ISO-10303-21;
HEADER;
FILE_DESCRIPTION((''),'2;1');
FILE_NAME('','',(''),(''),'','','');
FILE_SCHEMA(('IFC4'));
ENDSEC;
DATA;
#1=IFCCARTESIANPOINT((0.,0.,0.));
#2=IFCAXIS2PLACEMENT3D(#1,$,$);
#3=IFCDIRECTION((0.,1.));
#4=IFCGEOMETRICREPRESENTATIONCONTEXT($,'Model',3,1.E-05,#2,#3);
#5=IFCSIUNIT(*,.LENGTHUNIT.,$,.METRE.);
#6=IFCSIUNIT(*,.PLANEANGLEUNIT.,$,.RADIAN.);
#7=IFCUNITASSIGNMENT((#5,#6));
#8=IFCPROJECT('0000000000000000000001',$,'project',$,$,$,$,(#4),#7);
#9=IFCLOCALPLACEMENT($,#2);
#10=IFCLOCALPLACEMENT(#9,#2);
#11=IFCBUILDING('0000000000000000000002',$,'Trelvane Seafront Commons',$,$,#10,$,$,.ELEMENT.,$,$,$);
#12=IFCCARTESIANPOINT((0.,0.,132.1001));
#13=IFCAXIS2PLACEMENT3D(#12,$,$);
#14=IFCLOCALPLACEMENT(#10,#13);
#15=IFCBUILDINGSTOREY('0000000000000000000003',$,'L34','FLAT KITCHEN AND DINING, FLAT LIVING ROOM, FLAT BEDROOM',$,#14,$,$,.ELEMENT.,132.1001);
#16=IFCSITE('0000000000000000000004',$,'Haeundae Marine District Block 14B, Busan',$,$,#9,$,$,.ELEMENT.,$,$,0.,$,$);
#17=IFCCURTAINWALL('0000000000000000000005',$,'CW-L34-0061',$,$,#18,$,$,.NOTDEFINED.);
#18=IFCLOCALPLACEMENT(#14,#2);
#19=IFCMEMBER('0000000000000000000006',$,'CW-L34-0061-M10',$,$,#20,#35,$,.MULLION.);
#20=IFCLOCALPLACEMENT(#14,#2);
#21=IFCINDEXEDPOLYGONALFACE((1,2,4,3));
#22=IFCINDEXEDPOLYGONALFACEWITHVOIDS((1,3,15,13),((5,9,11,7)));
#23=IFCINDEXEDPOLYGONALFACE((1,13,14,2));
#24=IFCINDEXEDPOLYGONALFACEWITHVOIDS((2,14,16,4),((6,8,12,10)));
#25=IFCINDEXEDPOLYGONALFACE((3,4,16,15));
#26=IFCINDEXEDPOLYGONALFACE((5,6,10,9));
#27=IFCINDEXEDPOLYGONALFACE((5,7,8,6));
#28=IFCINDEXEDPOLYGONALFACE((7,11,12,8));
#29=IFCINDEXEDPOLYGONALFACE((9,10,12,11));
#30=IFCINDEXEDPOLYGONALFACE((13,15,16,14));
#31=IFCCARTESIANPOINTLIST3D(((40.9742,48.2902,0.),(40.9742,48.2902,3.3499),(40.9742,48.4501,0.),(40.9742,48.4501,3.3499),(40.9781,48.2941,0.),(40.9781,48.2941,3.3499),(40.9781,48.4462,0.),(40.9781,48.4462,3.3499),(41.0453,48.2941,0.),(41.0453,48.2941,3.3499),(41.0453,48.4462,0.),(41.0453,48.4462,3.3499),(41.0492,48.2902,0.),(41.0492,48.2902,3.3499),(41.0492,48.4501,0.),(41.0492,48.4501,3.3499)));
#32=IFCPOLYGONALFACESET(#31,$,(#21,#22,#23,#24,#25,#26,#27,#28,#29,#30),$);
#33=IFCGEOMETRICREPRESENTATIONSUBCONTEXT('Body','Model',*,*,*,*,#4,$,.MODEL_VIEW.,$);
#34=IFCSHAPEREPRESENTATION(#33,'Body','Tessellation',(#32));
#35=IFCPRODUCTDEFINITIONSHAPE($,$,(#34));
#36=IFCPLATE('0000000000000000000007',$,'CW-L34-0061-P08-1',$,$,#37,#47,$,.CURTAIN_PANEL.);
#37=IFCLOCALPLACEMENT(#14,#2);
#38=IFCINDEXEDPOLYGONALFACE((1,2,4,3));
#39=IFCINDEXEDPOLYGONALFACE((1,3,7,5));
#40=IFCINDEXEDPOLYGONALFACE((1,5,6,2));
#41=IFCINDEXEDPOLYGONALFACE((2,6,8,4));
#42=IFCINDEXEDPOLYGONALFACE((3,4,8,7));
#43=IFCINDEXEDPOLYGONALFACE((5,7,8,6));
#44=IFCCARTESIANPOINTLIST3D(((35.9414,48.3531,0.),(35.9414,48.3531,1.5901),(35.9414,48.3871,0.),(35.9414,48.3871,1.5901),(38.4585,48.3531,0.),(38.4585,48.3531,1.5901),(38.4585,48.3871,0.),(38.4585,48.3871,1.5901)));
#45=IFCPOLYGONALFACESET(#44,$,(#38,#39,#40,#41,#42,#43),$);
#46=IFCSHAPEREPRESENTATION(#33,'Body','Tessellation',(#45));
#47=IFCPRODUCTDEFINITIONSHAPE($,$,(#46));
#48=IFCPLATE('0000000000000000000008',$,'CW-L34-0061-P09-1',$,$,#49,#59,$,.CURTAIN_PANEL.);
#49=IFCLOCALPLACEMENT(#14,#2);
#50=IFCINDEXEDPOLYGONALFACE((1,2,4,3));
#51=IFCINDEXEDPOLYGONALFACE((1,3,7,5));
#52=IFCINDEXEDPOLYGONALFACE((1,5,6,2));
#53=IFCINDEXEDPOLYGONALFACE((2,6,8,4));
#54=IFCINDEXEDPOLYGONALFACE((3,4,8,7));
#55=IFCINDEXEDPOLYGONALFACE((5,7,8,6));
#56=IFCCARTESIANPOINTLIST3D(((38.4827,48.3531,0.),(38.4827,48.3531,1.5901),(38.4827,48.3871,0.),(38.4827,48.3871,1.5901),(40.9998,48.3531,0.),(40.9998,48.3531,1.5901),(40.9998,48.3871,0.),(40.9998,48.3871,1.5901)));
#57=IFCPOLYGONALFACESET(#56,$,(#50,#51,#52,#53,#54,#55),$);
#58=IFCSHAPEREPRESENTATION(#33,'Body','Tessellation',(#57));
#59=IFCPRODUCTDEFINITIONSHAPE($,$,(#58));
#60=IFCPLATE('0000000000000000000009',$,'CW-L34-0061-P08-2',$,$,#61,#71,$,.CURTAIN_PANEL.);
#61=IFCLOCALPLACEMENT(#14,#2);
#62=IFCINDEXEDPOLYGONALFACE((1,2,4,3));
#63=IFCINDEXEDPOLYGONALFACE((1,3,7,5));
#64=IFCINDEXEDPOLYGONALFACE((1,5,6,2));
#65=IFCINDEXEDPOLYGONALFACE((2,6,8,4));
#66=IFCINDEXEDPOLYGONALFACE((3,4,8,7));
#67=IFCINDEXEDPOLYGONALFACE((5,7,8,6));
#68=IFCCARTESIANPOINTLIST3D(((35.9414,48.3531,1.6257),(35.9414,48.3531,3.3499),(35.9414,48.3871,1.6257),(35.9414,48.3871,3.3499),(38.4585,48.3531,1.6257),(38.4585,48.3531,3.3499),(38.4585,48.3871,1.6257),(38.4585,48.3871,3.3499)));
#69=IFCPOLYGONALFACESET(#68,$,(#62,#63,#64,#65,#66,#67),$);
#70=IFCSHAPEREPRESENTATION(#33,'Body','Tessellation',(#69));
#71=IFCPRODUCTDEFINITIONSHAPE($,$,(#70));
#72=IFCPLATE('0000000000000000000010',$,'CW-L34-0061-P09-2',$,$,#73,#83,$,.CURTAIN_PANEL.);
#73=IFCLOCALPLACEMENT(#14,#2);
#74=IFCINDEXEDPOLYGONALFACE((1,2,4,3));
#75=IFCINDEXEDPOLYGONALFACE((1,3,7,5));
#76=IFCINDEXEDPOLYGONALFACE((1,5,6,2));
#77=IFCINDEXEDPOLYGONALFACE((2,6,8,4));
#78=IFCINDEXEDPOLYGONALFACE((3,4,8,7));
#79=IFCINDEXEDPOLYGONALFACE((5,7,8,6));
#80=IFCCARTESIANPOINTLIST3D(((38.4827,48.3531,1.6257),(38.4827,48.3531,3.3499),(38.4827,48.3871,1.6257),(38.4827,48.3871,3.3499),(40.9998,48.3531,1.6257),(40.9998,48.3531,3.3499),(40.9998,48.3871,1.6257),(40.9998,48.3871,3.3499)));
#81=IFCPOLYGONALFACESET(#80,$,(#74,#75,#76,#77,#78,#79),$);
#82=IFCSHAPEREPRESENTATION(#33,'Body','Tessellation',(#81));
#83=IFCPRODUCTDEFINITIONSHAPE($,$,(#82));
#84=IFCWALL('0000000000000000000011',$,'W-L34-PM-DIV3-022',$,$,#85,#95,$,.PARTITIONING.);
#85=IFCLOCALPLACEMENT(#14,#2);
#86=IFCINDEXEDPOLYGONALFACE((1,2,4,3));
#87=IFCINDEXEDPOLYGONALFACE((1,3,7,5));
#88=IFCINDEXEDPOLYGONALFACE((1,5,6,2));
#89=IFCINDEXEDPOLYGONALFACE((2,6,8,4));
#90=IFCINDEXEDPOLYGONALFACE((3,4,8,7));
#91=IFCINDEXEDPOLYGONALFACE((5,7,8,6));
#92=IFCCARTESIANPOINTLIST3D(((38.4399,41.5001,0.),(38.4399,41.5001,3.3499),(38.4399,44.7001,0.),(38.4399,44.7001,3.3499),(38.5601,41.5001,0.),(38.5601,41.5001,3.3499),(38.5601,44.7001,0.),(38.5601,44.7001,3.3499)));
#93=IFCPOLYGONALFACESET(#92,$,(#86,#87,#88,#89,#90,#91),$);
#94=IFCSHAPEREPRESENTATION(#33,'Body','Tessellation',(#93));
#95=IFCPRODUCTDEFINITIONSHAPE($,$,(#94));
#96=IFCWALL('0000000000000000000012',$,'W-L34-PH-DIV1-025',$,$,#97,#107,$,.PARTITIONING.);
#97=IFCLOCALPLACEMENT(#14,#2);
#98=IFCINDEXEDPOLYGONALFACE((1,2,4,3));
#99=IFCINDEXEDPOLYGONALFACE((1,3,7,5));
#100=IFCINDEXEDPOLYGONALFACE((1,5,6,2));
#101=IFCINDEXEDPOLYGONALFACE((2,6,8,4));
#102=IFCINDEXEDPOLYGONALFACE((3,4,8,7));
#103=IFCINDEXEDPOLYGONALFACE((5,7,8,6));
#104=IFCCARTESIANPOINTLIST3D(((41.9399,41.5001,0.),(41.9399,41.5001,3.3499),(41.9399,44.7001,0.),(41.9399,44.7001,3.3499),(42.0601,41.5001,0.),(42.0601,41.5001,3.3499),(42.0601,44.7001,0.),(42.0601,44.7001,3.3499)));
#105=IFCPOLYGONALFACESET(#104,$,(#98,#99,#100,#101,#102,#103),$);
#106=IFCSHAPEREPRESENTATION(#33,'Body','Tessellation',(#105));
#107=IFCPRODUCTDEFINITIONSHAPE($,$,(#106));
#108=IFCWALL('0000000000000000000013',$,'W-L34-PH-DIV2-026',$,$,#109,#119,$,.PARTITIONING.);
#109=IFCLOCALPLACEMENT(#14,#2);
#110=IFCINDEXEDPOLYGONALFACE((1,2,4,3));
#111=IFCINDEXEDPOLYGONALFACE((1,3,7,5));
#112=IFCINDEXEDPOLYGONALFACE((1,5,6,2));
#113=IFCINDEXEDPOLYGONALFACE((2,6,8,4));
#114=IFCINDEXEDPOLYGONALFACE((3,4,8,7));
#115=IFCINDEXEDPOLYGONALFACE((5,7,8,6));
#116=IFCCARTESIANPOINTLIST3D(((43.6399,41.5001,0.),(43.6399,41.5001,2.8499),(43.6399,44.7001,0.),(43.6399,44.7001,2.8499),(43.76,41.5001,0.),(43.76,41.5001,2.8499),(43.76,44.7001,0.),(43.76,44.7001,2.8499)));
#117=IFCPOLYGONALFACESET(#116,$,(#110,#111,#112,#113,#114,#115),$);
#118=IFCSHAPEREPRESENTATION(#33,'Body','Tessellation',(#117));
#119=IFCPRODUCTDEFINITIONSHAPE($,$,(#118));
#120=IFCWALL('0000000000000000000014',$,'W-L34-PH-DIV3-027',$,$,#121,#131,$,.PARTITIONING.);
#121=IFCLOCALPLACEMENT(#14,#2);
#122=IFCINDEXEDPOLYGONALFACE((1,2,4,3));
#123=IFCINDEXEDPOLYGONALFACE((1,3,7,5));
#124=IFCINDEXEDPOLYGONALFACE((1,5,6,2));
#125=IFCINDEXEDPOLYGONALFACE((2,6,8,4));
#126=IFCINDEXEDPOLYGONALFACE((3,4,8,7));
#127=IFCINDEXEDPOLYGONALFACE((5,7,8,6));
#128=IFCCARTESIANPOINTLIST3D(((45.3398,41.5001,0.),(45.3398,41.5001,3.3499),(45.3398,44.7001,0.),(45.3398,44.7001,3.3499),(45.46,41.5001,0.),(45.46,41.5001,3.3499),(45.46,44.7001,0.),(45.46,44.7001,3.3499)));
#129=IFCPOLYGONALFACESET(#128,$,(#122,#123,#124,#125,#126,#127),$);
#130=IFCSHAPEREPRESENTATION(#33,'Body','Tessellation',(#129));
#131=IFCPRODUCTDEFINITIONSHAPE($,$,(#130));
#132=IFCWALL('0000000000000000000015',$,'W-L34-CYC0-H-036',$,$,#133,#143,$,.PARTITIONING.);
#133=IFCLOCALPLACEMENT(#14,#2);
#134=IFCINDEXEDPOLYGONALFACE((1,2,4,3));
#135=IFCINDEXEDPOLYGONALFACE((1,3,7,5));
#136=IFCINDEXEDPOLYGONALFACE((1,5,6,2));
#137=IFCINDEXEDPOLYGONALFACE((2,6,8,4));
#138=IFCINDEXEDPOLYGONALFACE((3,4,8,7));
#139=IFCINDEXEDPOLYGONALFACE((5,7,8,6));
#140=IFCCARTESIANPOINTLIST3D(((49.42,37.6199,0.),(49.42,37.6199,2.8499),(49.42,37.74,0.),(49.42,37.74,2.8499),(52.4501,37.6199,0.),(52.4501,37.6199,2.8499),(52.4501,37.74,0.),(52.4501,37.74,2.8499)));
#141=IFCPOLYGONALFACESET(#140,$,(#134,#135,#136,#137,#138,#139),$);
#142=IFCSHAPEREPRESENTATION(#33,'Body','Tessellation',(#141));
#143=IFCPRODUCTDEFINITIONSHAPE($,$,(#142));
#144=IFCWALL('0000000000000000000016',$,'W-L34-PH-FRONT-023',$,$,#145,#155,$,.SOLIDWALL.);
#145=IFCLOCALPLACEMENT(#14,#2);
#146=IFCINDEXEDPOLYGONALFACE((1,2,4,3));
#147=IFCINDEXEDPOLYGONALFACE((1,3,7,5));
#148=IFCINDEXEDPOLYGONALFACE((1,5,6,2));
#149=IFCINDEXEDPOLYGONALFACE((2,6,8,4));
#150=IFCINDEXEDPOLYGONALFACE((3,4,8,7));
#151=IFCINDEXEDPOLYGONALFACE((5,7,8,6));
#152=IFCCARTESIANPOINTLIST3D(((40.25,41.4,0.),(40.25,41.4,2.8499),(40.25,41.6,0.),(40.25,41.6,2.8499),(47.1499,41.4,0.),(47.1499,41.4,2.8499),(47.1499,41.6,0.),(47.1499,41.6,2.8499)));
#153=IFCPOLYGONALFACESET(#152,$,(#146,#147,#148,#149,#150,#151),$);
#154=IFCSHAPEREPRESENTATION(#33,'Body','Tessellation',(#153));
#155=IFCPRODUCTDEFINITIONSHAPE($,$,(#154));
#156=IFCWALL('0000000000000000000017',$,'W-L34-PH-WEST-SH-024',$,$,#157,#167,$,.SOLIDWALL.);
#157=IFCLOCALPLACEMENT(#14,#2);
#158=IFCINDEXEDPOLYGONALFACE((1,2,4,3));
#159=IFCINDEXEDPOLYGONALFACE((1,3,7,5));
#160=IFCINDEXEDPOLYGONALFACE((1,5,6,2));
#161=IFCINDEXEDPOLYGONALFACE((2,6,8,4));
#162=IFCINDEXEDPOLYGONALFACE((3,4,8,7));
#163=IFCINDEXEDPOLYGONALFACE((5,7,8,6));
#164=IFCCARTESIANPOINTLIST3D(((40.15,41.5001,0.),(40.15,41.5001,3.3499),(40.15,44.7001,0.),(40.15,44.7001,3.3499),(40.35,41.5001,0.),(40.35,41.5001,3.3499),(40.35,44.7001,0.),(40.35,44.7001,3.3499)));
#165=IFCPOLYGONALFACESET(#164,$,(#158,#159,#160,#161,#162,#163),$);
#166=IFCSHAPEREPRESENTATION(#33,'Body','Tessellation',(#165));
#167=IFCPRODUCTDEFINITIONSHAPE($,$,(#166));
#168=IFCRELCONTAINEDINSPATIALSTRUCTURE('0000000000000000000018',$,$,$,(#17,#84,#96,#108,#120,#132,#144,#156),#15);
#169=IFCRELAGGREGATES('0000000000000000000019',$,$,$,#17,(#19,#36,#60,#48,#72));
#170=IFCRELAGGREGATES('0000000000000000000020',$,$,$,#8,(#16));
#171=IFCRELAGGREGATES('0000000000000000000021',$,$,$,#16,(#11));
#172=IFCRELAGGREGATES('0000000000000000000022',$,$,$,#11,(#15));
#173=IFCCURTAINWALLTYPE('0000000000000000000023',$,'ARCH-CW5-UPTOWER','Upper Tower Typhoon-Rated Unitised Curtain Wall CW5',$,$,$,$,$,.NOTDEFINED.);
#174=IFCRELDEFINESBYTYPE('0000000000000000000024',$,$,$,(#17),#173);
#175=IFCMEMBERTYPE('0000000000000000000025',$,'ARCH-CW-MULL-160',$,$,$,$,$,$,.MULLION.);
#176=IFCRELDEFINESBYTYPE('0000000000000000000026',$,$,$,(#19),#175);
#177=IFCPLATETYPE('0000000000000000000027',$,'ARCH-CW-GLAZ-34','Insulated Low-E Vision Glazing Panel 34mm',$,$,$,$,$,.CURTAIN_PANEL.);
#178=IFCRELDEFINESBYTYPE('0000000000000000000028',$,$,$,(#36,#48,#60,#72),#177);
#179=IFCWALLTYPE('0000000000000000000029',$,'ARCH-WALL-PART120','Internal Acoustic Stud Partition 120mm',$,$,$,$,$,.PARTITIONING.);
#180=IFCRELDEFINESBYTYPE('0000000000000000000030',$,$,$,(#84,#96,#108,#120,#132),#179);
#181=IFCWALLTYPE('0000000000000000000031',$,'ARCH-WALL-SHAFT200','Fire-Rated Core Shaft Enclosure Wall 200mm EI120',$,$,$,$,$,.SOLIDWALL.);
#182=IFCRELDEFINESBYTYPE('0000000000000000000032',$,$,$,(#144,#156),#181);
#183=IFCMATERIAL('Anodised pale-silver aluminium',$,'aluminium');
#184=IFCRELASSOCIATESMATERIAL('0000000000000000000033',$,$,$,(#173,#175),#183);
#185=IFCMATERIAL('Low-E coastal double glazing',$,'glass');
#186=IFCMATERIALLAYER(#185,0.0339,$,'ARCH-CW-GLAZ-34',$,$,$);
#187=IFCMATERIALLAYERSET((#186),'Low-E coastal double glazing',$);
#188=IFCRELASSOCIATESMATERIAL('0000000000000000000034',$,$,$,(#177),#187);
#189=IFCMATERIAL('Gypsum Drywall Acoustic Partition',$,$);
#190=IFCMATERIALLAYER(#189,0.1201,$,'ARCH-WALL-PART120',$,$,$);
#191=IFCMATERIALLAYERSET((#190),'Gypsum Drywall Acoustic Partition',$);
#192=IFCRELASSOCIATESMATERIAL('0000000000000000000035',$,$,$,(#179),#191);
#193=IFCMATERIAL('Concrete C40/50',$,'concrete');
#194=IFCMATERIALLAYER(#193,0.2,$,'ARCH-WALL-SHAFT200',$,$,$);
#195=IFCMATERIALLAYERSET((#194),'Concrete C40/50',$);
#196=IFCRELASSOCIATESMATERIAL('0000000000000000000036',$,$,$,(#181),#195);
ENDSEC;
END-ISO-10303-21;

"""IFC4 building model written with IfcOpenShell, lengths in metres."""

from ifc_helpers import new_model, si_unit, direction, frame, frame_2d, origin, origin_2d, place, context, subcontext, project, spatial, rectangle, hollow_rectangle, extrude, source, transform, mapped, material, layer, layer_set, material_profile, profile_set, type_object, element, aggregate, save


model = new_model("IFC4")

# Units and contexts
model_context = context("Model", 3, precision=1e-05, world=origin(), true_north=direction((0.0, 1.0)))
body_context = subcontext(model_context, "Body", "Model", "MODEL_VIEW")
ifc_project = project(units=[si_unit("LENGTHUNIT", "METRE"), si_unit("PLANEANGLEUNIT", "RADIAN")], contexts=[model_context])

# Site, building, storey
site_placement = place(None, origin())
site = spatial("IfcSite", under=ifc_project, at=site_placement, Name="Haeundae Marine District Block 14B, Busan", CompositionType="ELEMENT", RefElevation=0.0)
building_placement = place(site_placement, origin())
building = spatial("IfcBuilding", under=site, at=building_placement, Name="Trelvane Seafront Commons", CompositionType="ELEMENT")
storey_placement = place(building_placement, frame((0.0, 0.0, 132.1001)))
storey = spatial("IfcBuildingStorey", under=building, at=storey_placement, Name="L34", Description="FLAT KITCHEN AND DINING, FLAT LIVING ROOM, FLAT BEDROOM", CompositionType="ELEMENT", Elevation=132.1001)

# Curtain wall, member, plates
ifc_material_1 = material(Name="Anodised pale-silver aluminium", Category="aluminium")
curtain_wall_type = type_object("IfcCurtainWallType", Name="ARCH-CW5-UPTOWER", Description="Upper Tower Typhoon-Rated Unitised Curtain Wall CW5", PredefinedType="NOTDEFINED", material=ifc_material_1)
curtain_wall_placement = place(storey_placement, origin())
curtain_wall = element("IfcCurtainWall", 1, at=curtain_wall_placement, inside=storey, type_object=curtain_wall_type, Name="CW-L34-0061", PredefinedType="NOTDEFINED")
ifc_material_profile_1 = material_profile(ifc_material_1, hollow_rectangle(XDim=0.075, YDim=0.1599, WallThickness=0.0039, at=origin_2d()), Name="MULL-75x160x4")
ifc_profile_set_1 = profile_set([ifc_material_profile_1], Name="Anodised pale-silver aluminium")
member_type_1 = type_object("IfcMemberType", Name="ARCH-CW-MULL-160", PredefinedType="MULLION", material=ifc_profile_set_1)
shared_shape_1 = source(origin(), body_context, "Body", "SweptSolid", [
    extrude(hollow_rectangle(XDim=0.075, YDim=0.1599, WallThickness=0.0039, at=origin_2d()), origin(), (0.0, 0.0, 1.0), 3.3499),
])
member_1_placement = place(storey_placement, frame((41.0117, 48.3701, 0.0), z_axis=(0.0, 0.0, 1.0), x_axis=(1.0, 0.0, 0.0)))
member_1 = element("IfcMember", 2, at=member_1_placement, type_object=member_type_1, Name="CW-L34-0061-M10", PredefinedType="MULLION", context=body_context, shape_type="MappedRepresentation", body=[
    mapped(shared_shape_1, transform((0.0, 0.0, 0.0), x_axis=(1.0, 0.0, 0.0), y_axis=(0.0, 1.0, 0.0), z_axis=(0.0, 0.0, 1.0), scale=1.0)),
])
ifc_material_2 = material(Name="Low-E coastal double glazing", Category="glass")
ifc_layer_1 = layer(ifc_material_2, 0.0339, Name="ARCH-CW-GLAZ-34")
ifc_layer_set_1 = layer_set([ifc_layer_1], Name="Low-E coastal double glazing")
plate_type = type_object("IfcPlateType", Name="ARCH-CW-GLAZ-34", Description="Insulated Low-E Vision Glazing Panel 34mm", PredefinedType="CURTAIN_PANEL", material=ifc_layer_set_1)
shared_shape_2 = source(origin(), body_context, "Body", "SweptSolid", [
    extrude(rectangle(XDim=2.5171, YDim=0.0339, at=origin_2d()), origin(), (0.0, 0.0, 1.0), 1.5901),
])
plate_1_placement = place(storey_placement, frame((37.2, 48.3701, 0.0), z_axis=(0.0, 0.0, 1.0), x_axis=(1.0, 0.0, 0.0)))
plate_1 = element("IfcPlate", 3, at=plate_1_placement, type_object=plate_type, Name="CW-L34-0061-P08-1", PredefinedType="CURTAIN_PANEL", context=body_context, shape_type="MappedRepresentation", body=[
    mapped(shared_shape_2, transform((0.0, 0.0, 0.0), x_axis=(1.0, 0.0, 0.0), y_axis=(0.0, 1.0, 0.0), z_axis=(0.0, 0.0, 1.0), scale=1.0)),
])
plate_2_placement = place(storey_placement, frame((39.7412, 48.3701, 0.0), z_axis=(0.0, 0.0, 1.0), x_axis=(1.0, 0.0, 0.0)))
plate_2 = element("IfcPlate", 4, at=plate_2_placement, type_object=plate_type, Name="CW-L34-0061-P09-1", PredefinedType="CURTAIN_PANEL", context=body_context, shape_type="MappedRepresentation", body=[
    mapped(shared_shape_2, transform((0.0, 0.0, 0.0), x_axis=(1.0, 0.0, 0.0), y_axis=(0.0, 1.0, 0.0), z_axis=(0.0, 0.0, 1.0), scale=1.0)),
])
shared_shape_3 = source(origin(), body_context, "Body", "SweptSolid", [
    extrude(rectangle(XDim=2.5171, YDim=0.0339, at=origin_2d()), origin(), (0.0, 0.0, 1.0), 1.7241),
])
plate_3_placement = place(storey_placement, frame((37.2, 48.3701, 1.6257), z_axis=(0.0, 0.0, 1.0), x_axis=(1.0, 0.0, 0.0)))
plate_3 = element("IfcPlate", 5, at=plate_3_placement, type_object=plate_type, Name="CW-L34-0061-P08-2", PredefinedType="CURTAIN_PANEL", context=body_context, shape_type="MappedRepresentation", body=[
    mapped(shared_shape_3, transform((0.0, 0.0, 0.0), x_axis=(1.0, 0.0, 0.0), y_axis=(0.0, 1.0, 0.0), z_axis=(0.0, 0.0, 1.0), scale=1.0)),
])
plate_4_placement = place(storey_placement, frame((39.7412, 48.3701, 1.6257), z_axis=(0.0, 0.0, 1.0), x_axis=(1.0, 0.0, 0.0)))
plate_4 = element("IfcPlate", 6, at=plate_4_placement, type_object=plate_type, Name="CW-L34-0061-P09-2", PredefinedType="CURTAIN_PANEL", context=body_context, shape_type="MappedRepresentation", body=[
    mapped(shared_shape_3, transform((0.0, 0.0, 0.0), x_axis=(1.0, 0.0, 0.0), y_axis=(0.0, 1.0, 0.0), z_axis=(0.0, 0.0, 1.0), scale=1.0)),
])
aggregate(curtain_wall, [member_1, plate_1, plate_3, plate_2, plate_4])

# Walls
ifc_material_3 = material(Name="Gypsum Drywall Acoustic Partition")
ifc_layer_2 = layer(ifc_material_3, 0.1201, Name="ARCH-WALL-PART120")
ifc_layer_set_2 = layer_set([ifc_layer_2], Name="Gypsum Drywall Acoustic Partition")
wall_type_1 = type_object("IfcWallType", Name="ARCH-WALL-PART120", Description="Internal Acoustic Stud Partition 120mm", PredefinedType="PARTITIONING", material=ifc_layer_set_2)
for number, where, z_axis, x_axis, name in (
    (7, (38.5, 41.5, 0.0), (0.0, 0.0, 1.0), (0.0, 1.0, 0.0), "W-L34-PM-DIV3-022"),
    (8, (42.0, 41.5, 0.0), (0.0, 0.0, 1.0), (0.0, 1.0, 0.0), "W-L34-PH-DIV1-025"),
):
    element("IfcWall", number, at=place(storey_placement, frame(where, z_axis=z_axis, x_axis=x_axis)), inside=storey, type_object=wall_type_1, Name=name, PredefinedType="PARTITIONING", context=body_context, shape_type="SweptSolid", body=[
        extrude(rectangle(XDim=3.2, YDim=0.1201, at=frame_2d((1.6001, 0.0))), origin(), (0.0, 0.0, 1.0), 3.3499),
    ])
wall_1_placement = place(storey_placement, frame((43.7, 41.5, 0.0), z_axis=(0.0, 0.0, 1.0), x_axis=(0.0, 1.0, 0.0)))
element("IfcWall", 9, at=wall_1_placement, inside=storey, type_object=wall_type_1, Name="W-L34-PH-DIV2-026", PredefinedType="PARTITIONING", context=body_context, shape_type="SweptSolid", body=[
    extrude(rectangle(XDim=3.2, YDim=0.1201, at=frame_2d((1.6001, 0.0))), origin(), (0.0, 0.0, 1.0), 2.8499),
])
wall_2_placement = place(storey_placement, frame((45.3999, 41.5, 0.0), z_axis=(0.0, 0.0, 1.0), x_axis=(0.0, 1.0, 0.0)))
element("IfcWall", 10, at=wall_2_placement, inside=storey, type_object=wall_type_1, Name="W-L34-PH-DIV3-027", PredefinedType="PARTITIONING", context=body_context, shape_type="SweptSolid", body=[
    extrude(rectangle(XDim=3.2, YDim=0.1201, at=frame_2d((1.6001, 0.0))), origin(), (0.0, 0.0, 1.0), 3.3499),
])
wall_3_placement = place(storey_placement, frame((49.4199, 37.6799, 0.0), z_axis=(0.0, 0.0, 1.0), x_axis=(1.0, 0.0, 0.0)))
element("IfcWall", 11, at=wall_3_placement, inside=storey, type_object=wall_type_1, Name="W-L34-CYC0-H-036", PredefinedType="PARTITIONING", context=body_context, shape_type="SweptSolid", body=[
    extrude(rectangle(XDim=3.03, YDim=0.1201, at=frame_2d((1.5151, 0.0))), origin(), (0.0, 0.0, 1.0), 2.8499),
])

# Walls
ifc_material_4 = material(Name="Concrete C40/50", Category="concrete")
ifc_layer_3 = layer(ifc_material_4, 0.2, Name="ARCH-WALL-SHAFT200")
ifc_layer_set_3 = layer_set([ifc_layer_3], Name="Concrete C40/50")
wall_type_2 = type_object("IfcWallType", Name="ARCH-WALL-SHAFT200", Description="Fire-Rated Core Shaft Enclosure Wall 200mm EI120", PredefinedType="SOLIDWALL", material=ifc_layer_set_3)
wall_4_placement = place(storey_placement, frame((40.25, 41.5, 0.0), z_axis=(0.0, 0.0, 1.0), x_axis=(1.0, 0.0, 0.0)))
element("IfcWall", 12, at=wall_4_placement, inside=storey, type_object=wall_type_2, Name="W-L34-PH-FRONT-023", PredefinedType="SOLIDWALL", context=body_context, shape_type="SweptSolid", body=[
    extrude(rectangle(XDim=6.8999, YDim=0.2, at=frame_2d((3.45, 0.0))), origin(), (0.0, 0.0, 1.0), 2.8499),
])
wall_5_placement = place(storey_placement, frame((40.25, 41.5, 0.0), z_axis=(0.0, 0.0, 1.0), x_axis=(0.0, 1.0, 0.0)))
element("IfcWall", 13, at=wall_5_placement, inside=storey, type_object=wall_type_2, Name="W-L34-PH-WEST-SH-024", PredefinedType="SOLIDWALL", context=body_context, shape_type="SweptSolid", body=[
    extrude(rectangle(XDim=3.2, YDim=0.2, at=frame_2d((1.6001, 0.0))), origin(), (0.0, 0.0, 1.0), 3.3499),
])

save(model, "model.ifc")
